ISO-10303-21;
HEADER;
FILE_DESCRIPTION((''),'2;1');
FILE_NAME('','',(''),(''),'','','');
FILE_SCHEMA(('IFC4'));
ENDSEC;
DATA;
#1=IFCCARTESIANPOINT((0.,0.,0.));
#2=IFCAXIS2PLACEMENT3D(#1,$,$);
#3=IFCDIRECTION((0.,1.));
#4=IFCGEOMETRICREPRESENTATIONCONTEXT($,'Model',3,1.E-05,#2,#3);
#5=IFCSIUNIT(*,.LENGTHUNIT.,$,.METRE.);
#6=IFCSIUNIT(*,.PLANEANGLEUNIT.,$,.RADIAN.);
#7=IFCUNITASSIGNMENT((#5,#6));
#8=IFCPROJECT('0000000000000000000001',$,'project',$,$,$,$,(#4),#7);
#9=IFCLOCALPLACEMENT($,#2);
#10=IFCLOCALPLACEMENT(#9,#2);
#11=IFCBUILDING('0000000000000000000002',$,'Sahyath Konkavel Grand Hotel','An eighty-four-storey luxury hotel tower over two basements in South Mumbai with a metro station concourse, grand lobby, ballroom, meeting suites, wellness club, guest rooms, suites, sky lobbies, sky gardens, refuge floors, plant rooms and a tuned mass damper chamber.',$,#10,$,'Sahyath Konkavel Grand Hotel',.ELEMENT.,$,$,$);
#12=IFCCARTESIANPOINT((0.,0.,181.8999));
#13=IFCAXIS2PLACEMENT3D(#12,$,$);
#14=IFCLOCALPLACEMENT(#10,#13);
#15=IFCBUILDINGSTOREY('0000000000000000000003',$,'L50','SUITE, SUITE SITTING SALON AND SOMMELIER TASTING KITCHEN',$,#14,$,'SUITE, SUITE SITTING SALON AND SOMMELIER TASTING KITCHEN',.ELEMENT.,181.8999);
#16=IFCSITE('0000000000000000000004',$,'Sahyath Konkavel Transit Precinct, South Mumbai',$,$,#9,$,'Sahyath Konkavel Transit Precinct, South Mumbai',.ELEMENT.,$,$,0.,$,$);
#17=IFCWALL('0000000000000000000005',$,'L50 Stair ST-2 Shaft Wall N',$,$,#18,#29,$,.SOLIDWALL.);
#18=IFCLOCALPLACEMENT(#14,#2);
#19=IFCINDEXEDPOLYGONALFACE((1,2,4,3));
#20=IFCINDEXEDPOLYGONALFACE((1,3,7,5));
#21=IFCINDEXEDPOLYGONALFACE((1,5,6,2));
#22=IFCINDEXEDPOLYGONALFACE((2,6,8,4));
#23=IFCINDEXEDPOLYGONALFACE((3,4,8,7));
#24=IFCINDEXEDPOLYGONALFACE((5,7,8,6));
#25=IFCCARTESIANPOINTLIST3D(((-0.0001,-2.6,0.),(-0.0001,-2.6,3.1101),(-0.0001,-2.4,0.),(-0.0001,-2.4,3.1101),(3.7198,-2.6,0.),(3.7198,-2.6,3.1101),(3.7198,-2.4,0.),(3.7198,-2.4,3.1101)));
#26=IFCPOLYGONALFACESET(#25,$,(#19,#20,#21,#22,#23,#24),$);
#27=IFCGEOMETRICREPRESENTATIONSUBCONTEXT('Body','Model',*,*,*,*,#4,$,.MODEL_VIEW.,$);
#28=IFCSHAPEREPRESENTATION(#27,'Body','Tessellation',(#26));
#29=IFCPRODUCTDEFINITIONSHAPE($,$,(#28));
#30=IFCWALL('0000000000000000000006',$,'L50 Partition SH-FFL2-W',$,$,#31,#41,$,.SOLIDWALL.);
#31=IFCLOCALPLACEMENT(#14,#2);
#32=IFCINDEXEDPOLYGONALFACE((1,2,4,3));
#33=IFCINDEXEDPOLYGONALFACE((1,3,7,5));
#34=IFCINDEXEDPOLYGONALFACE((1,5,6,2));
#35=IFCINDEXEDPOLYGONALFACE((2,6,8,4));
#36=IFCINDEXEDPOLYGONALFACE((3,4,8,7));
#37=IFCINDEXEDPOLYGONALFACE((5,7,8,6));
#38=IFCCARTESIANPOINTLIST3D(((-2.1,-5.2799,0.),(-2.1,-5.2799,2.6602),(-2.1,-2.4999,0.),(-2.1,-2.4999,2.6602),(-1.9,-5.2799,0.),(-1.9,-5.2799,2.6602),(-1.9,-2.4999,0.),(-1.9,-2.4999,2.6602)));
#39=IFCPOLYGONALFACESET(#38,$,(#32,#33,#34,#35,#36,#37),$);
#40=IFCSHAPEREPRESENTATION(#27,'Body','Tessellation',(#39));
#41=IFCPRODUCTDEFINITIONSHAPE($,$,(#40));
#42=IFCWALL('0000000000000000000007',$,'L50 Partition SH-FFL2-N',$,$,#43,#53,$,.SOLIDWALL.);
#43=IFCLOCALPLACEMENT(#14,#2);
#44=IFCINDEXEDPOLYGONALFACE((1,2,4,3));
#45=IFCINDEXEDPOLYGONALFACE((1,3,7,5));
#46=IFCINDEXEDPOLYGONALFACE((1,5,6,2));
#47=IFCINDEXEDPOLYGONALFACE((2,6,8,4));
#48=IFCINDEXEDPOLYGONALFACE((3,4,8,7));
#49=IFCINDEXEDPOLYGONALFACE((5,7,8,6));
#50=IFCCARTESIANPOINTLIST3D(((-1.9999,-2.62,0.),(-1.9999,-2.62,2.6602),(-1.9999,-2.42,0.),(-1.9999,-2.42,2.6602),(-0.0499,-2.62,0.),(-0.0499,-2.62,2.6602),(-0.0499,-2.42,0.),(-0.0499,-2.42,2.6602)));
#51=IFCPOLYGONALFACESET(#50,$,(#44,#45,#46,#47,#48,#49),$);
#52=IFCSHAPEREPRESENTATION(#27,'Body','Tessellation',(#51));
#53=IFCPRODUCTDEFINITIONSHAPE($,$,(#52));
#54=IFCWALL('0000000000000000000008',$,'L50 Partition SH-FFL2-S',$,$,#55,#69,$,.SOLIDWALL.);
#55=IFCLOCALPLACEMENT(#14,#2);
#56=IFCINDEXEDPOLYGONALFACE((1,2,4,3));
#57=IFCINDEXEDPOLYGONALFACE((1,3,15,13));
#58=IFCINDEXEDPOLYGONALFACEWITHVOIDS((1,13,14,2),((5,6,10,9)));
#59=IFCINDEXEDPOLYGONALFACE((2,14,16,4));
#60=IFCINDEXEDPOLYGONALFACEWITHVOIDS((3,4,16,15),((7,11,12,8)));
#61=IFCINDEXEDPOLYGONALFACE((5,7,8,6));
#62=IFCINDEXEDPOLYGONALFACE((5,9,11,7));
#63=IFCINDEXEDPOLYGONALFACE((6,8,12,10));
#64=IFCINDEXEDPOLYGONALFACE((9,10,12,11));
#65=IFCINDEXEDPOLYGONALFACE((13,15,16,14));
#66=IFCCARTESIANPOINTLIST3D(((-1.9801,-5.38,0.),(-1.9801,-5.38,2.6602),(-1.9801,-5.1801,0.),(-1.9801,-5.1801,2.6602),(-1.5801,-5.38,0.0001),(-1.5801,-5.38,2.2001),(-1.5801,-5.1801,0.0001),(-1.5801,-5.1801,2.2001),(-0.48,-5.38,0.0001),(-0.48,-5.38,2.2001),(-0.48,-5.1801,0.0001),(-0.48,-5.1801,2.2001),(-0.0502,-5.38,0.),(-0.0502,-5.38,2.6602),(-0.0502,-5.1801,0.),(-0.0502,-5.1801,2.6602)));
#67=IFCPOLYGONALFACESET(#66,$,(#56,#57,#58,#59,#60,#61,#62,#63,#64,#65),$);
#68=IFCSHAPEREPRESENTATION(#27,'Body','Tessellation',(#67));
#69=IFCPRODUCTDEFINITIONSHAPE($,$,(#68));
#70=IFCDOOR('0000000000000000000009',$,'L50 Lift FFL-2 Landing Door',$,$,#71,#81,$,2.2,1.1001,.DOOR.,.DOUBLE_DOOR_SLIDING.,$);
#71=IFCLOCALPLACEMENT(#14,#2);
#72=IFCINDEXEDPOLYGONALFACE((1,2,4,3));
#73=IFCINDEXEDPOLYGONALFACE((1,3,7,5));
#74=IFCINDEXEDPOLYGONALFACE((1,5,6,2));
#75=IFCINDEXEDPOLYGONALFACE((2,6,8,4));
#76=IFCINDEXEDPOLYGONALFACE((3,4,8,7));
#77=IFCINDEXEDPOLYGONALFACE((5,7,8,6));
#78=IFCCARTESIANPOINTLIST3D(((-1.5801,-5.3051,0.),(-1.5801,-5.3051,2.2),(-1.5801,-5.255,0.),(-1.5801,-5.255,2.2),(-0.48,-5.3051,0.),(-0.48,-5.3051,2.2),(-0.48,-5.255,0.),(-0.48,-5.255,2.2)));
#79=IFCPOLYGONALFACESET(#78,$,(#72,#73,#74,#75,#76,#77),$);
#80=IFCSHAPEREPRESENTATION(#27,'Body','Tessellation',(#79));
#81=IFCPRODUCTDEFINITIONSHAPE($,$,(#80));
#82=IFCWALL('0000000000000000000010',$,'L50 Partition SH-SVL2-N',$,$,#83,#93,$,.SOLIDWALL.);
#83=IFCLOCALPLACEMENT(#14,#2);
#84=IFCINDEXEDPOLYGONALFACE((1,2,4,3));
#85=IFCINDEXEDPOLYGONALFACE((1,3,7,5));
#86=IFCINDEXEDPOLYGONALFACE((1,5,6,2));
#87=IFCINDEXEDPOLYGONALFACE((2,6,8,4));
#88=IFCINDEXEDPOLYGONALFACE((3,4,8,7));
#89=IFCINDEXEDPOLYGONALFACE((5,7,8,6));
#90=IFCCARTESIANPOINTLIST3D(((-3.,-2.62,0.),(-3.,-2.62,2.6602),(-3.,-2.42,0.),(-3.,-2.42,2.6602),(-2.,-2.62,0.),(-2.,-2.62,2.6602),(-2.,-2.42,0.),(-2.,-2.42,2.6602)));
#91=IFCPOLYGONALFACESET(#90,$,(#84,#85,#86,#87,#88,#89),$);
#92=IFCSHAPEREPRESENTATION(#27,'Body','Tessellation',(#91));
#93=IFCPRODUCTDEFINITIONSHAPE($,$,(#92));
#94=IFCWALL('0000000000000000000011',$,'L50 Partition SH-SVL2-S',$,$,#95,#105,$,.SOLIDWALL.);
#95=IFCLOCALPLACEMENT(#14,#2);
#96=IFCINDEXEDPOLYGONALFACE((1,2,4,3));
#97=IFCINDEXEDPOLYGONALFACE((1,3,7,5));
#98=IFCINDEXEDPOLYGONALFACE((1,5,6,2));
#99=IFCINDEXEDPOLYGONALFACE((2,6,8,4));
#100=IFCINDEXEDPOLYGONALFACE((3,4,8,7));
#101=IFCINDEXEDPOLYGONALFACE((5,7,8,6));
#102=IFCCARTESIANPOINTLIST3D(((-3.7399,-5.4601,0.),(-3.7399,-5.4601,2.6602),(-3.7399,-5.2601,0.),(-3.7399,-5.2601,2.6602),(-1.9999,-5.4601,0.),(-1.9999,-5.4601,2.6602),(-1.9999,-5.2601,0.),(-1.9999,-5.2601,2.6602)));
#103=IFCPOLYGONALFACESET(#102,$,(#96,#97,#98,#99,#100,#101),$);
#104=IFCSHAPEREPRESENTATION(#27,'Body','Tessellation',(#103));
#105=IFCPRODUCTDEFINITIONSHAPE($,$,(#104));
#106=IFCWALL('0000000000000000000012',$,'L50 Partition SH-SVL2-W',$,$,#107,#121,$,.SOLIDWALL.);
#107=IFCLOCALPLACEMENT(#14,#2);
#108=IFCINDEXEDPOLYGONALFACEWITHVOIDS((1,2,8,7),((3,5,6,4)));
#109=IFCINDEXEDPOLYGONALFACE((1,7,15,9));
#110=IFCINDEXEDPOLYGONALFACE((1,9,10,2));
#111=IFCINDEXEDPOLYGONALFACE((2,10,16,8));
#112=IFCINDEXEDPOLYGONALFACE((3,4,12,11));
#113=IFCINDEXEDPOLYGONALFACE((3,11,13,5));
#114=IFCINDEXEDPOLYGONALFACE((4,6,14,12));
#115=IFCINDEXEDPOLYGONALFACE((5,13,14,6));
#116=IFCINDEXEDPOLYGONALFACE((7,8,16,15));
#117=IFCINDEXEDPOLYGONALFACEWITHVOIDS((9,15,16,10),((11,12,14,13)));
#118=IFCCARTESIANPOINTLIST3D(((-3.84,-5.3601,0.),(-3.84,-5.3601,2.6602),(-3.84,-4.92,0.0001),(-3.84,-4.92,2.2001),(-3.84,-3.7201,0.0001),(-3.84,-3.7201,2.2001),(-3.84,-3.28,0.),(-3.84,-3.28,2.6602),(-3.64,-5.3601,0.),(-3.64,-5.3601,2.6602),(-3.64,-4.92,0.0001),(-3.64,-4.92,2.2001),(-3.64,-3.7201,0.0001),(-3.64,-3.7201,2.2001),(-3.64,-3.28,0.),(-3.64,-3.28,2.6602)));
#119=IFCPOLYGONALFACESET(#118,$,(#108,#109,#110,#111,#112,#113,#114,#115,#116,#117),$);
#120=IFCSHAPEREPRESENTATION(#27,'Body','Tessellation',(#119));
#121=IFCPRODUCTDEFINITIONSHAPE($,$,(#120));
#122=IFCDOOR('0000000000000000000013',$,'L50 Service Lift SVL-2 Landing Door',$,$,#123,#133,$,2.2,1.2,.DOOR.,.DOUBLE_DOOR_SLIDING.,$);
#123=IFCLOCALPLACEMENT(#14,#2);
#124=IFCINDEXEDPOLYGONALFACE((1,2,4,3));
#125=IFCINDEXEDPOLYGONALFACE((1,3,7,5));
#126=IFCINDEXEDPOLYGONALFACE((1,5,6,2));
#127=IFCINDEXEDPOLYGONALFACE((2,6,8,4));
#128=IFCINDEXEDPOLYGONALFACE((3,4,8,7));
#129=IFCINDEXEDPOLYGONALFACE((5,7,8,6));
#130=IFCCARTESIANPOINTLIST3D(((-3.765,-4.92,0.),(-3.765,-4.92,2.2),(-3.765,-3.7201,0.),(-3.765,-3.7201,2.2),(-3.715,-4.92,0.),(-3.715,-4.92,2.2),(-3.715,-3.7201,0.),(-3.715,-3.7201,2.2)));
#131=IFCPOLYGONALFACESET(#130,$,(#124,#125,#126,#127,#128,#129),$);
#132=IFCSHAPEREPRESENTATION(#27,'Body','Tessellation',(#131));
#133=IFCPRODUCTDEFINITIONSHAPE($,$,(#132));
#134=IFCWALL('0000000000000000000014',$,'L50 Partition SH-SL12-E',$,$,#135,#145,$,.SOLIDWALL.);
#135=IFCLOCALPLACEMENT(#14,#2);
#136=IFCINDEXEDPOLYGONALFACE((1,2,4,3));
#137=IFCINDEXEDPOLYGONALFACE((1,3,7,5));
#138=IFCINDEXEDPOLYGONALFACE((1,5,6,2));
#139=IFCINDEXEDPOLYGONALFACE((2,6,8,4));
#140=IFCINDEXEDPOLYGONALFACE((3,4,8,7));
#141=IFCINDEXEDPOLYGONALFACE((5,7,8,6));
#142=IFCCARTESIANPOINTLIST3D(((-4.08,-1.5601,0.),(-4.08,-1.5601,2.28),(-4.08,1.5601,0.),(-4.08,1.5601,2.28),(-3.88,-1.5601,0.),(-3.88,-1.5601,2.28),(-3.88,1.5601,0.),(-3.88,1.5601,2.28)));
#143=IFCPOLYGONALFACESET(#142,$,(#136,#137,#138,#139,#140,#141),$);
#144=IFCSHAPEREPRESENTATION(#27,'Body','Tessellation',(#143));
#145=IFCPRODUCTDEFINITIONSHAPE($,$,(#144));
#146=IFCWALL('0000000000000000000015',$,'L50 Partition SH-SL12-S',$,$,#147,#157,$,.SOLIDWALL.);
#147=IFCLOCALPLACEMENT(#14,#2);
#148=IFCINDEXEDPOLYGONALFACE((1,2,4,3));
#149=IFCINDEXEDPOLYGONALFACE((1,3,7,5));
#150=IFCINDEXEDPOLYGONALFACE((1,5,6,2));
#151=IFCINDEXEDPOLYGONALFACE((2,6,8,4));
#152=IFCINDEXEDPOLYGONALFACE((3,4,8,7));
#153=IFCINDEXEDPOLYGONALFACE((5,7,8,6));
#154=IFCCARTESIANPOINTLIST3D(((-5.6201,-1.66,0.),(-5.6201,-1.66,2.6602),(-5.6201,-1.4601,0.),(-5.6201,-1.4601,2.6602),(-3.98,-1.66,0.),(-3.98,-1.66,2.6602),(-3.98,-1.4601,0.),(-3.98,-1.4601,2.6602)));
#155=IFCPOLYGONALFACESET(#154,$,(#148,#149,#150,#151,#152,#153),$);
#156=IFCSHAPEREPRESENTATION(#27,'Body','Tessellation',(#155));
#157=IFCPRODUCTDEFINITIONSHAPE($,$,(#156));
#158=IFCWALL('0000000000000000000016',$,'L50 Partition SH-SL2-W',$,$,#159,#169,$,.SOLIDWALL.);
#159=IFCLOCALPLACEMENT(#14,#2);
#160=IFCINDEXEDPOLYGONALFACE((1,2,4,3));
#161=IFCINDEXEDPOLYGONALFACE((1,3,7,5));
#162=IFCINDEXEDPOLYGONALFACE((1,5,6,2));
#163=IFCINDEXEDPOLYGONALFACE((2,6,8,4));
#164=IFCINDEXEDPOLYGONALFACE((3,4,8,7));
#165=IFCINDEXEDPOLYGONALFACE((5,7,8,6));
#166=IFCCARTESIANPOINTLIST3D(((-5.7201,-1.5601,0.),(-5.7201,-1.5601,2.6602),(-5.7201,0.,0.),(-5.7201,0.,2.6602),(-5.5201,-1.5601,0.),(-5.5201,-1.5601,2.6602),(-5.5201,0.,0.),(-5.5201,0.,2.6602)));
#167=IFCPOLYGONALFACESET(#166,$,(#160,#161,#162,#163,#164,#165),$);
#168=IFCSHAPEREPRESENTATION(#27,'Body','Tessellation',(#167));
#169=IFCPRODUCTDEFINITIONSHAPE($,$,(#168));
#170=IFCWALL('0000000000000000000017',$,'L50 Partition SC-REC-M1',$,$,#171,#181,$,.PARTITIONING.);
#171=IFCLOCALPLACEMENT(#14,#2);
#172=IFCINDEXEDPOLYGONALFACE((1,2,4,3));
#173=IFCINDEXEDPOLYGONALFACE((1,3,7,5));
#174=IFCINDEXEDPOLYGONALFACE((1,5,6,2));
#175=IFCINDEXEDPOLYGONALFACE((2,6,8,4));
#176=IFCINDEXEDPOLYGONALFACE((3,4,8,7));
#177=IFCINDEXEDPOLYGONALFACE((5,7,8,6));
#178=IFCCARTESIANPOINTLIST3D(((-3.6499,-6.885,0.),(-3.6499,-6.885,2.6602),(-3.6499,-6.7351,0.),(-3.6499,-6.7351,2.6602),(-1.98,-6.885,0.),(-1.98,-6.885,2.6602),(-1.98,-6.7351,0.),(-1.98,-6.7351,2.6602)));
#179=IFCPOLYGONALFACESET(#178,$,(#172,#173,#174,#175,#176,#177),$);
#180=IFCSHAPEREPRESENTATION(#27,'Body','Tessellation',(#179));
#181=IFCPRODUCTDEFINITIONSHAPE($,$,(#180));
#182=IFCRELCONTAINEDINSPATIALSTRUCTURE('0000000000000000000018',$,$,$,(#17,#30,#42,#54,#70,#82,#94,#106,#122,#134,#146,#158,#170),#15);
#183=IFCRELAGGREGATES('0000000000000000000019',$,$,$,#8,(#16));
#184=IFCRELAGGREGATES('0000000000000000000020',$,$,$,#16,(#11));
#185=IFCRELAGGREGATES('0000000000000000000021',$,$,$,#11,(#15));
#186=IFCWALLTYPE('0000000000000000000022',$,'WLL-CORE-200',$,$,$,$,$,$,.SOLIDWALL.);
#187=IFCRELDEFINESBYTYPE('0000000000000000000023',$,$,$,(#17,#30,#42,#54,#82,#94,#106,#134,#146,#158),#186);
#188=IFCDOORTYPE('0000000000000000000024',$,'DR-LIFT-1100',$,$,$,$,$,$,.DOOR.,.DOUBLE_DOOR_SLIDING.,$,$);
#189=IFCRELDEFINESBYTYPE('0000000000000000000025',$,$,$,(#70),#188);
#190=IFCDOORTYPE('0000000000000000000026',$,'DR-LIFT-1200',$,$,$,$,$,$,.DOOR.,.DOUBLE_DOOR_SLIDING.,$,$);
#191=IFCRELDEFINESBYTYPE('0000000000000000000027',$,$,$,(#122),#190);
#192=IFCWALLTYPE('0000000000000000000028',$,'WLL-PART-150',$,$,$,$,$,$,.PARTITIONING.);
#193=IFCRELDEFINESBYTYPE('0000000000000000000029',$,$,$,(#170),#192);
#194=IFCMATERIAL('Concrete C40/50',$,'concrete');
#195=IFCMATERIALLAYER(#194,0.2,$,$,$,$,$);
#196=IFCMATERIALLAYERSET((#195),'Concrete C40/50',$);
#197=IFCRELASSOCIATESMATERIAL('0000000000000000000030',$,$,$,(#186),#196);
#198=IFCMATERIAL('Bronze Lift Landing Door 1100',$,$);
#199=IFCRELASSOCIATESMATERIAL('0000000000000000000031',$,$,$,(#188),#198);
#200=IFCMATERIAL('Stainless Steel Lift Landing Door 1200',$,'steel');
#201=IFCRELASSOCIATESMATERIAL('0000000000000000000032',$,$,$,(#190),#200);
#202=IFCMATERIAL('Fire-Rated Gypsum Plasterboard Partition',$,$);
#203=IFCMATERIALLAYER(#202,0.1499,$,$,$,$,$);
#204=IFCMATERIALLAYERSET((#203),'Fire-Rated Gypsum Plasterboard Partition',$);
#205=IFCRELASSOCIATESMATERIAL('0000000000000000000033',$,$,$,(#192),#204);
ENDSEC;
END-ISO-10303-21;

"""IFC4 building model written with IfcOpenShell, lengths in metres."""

from ifc_helpers import new_model, si_unit, direction, frame, frame_2d, origin, origin_2d, place, context, subcontext, project, spatial, rectangle, extrude, source, transform, mapped, material, layer, layer_set, type_object, element, fill, save


model = new_model("IFC4")

# Units and contexts
model_context = context("Model", 3, precision=1e-05, world=origin(), true_north=direction((0.0, 1.0)))
body_context = subcontext(model_context, "Body", "Model", "MODEL_VIEW")
ifc_project = project(units=[si_unit("LENGTHUNIT", "METRE"), si_unit("PLANEANGLEUNIT", "RADIAN")], contexts=[model_context])

# Site, building, storey
site_placement = place(None, origin())
site = spatial("IfcSite", under=ifc_project, at=site_placement, Name="Sahyath Konkavel Transit Precinct, South Mumbai", LongName="Sahyath Konkavel Transit Precinct, South Mumbai", CompositionType="ELEMENT", RefElevation=0.0)
building_placement = place(site_placement, origin())
building = spatial("IfcBuilding", under=site, at=building_placement, Name="Sahyath Konkavel Grand Hotel", Description="An eighty-four-storey luxury hotel tower over two basements in South Mumbai with a metro station concourse, grand lobby, ballroom, meeting suites, wellness club, guest rooms, suites, sky lobbies, sky gardens, refuge floors, plant rooms and a tuned mass damper chamber.", LongName="Sahyath Konkavel Grand Hotel", CompositionType="ELEMENT")
storey_placement = place(building_placement, frame((0.0, 0.0, 181.8999)))
storey = spatial("IfcBuildingStorey", under=building, at=storey_placement, Name="L50", Description="SUITE, SUITE SITTING SALON AND SOMMELIER TASTING KITCHEN", LongName="SUITE, SUITE SITTING SALON AND SOMMELIER TASTING KITCHEN", CompositionType="ELEMENT", Elevation=181.8999)

# Shared definitions
ifc_material_1 = material(Name="Concrete C40/50", Category="concrete")

# Walls
ifc_layer_1 = layer(ifc_material_1, 0.2)
ifc_layer_set_1 = layer_set([ifc_layer_1], Name="Concrete C40/50")
wall_type_1 = type_object("IfcWallType", Name="WLL-CORE-200", PredefinedType="SOLIDWALL", material=ifc_layer_set_1)
wall_1_placement = place(storey_placement, frame((0.0, -2.5, 0.0), z_axis=(0.0, 0.0, 1.0), x_axis=(1.0, 0.0, 0.0)))
element("IfcWall", 1, at=wall_1_placement, inside=storey, type_object=wall_type_1, Name="L50 Stair ST-2 Shaft Wall N", PredefinedType="SOLIDWALL", context=body_context, shape_type="SweptSolid", body=[
    extrude(rectangle(XDim=3.72, YDim=0.2, at=frame_2d((1.8599, 0.0))), origin(), (0.0, 0.0, 1.0), 3.1101),
])
wall_2_placement = place(storey_placement, frame((-2.0, -5.28, 0.0), z_axis=(0.0, 0.0, 1.0), x_axis=(0.0, 1.0, 0.0)))
element("IfcWall", 2, at=wall_2_placement, inside=storey, type_object=wall_type_1, Name="L50 Partition SH-FFL2-W", PredefinedType="SOLIDWALL", context=body_context, shape_type="SweptSolid", body=[
    extrude(rectangle(XDim=2.78, YDim=0.2, at=frame_2d((1.3901, 0.0))), origin(), (0.0, 0.0, 1.0), 2.6602),
])
wall_3_placement = place(storey_placement, frame((-2.0, -2.52, 0.0), z_axis=(0.0, 0.0, 1.0), x_axis=(1.0, 0.0, 0.0)))
element("IfcWall", 3, at=wall_3_placement, inside=storey, type_object=wall_type_1, Name="L50 Partition SH-FFL2-N", PredefinedType="SOLIDWALL", context=body_context, shape_type="SweptSolid", body=[
    extrude(rectangle(XDim=1.95, YDim=0.2, at=frame_2d((0.9751, 0.0))), origin(), (0.0, 0.0, 1.0), 2.6602),
])

# Wall, opening, door
wall_4_placement = place(storey_placement, frame((-1.98, -5.28, 0.0), z_axis=(0.0, 0.0, 1.0), x_axis=(1.0, 0.0, 0.0)))
wall_4 = element("IfcWall", 4, at=wall_4_placement, inside=storey, type_object=wall_type_1, Name="L50 Partition SH-FFL2-S", PredefinedType="SOLIDWALL", context=body_context, shape_type="SweptSolid", body=[
    extrude(rectangle(XDim=1.9299, YDim=0.2, at=frame_2d((0.9648, 0.0))), origin(), (0.0, 0.0, 1.0), 2.6602),
])
opening_1_placement = place(wall_4_placement, frame((0.3999, 0.0, 0.0)))
opening_1 = element("IfcOpeningElement", 5, at=opening_1_placement, cuts=wall_4, PredefinedType="OPENING", context=body_context, shape_type="SweptSolid", body=[
    extrude(rectangle(XDim=1.1001, YDim=2.2, at=frame_2d((0.55, 1.1001))), frame((0.0, 0.1099, 0.0), z_axis=(0.0, -1.0, 0.0), x_axis=(1.0, 0.0, 0.0)), (0.0, 0.0, 1.0), 0.22),
])
ifc_material_2 = material(Name="Bronze Lift Landing Door 1100")
door_type_1 = type_object("IfcDoorType", Name="DR-LIFT-1100", OperationType="DOUBLE_DOOR_SLIDING", PredefinedType="DOOR", material=ifc_material_2)
shared_shape_1 = source(origin(), body_context, "Body", "SweptSolid", [
    extrude(rectangle(XDim=1.1001, YDim=0.05, at=origin_2d()), origin(), (0.0, 0.0, 1.0), 2.2),
])
door_1_placement = place(opening_1_placement, frame((0.55, 0.0, 0.0)))
door_1 = element("IfcDoor", 6, at=door_1_placement, inside=storey, type_object=door_type_1, Name="L50 Lift FFL-2 Landing Door", OperationType="DOUBLE_DOOR_SLIDING", OverallHeight=2.2, OverallWidth=1.1001, PredefinedType="DOOR", context=body_context, shape_type="MappedRepresentation", body=[
    mapped(shared_shape_1, transform((0.0, 0.0, 0.0), scale=1.0)),
])
fill(opening_1, door_1)

# Walls
wall_5_placement = place(storey_placement, frame((-3.0, -2.52, 0.0), z_axis=(0.0, 0.0, 1.0), x_axis=(1.0, 0.0, 0.0)))
element("IfcWall", 7, at=wall_5_placement, inside=storey, type_object=wall_type_1, Name="L50 Partition SH-SVL2-N", PredefinedType="SOLIDWALL", context=body_context, shape_type="SweptSolid", body=[
    extrude(rectangle(XDim=1.0, YDim=0.2, at=frame_2d((0.5, 0.0))), origin(), (0.0, 0.0, 1.0), 2.6602),
])
wall_6_placement = place(storey_placement, frame((-3.74, -5.3601, 0.0), z_axis=(0.0, 0.0, 1.0), x_axis=(1.0, 0.0, 0.0)))
element("IfcWall", 8, at=wall_6_placement, inside=storey, type_object=wall_type_1, Name="L50 Partition SH-SVL2-S", PredefinedType="SOLIDWALL", context=body_context, shape_type="SweptSolid", body=[
    extrude(rectangle(XDim=1.74, YDim=0.2, at=frame_2d((0.8701, 0.0))), origin(), (0.0, 0.0, 1.0), 2.6602),
])

# Wall, opening, door
wall_7_placement = place(storey_placement, frame((-3.74, -5.3601, 0.0), z_axis=(0.0, 0.0, 1.0), x_axis=(0.0, 1.0, 0.0)))
wall_7 = element("IfcWall", 9, at=wall_7_placement, inside=storey, type_object=wall_type_1, Name="L50 Partition SH-SVL2-W", PredefinedType="SOLIDWALL", context=body_context, shape_type="SweptSolid", body=[
    extrude(rectangle(XDim=2.0801, YDim=0.2, at=frame_2d((1.04, 0.0))), origin(), (0.0, 0.0, 1.0), 2.6602),
])
opening_2_placement = place(wall_7_placement, frame((0.4399, 0.0, 0.0)))
opening_2 = element("IfcOpeningElement", 10, at=opening_2_placement, cuts=wall_7, PredefinedType="OPENING", context=body_context, shape_type="SweptSolid", body=[
    extrude(rectangle(XDim=1.2, YDim=2.2, at=frame_2d((0.6001, 1.1001))), frame((0.0, 0.1099, 0.0), z_axis=(0.0, -1.0, 0.0), x_axis=(1.0, 0.0, 0.0)), (0.0, 0.0, 1.0), 0.22),
])
ifc_material_3 = material(Name="Stainless Steel Lift Landing Door 1200", Category="steel")
door_type_2 = type_object("IfcDoorType", Name="DR-LIFT-1200", OperationType="DOUBLE_DOOR_SLIDING", PredefinedType="DOOR", material=ifc_material_3)
shared_shape_2 = source(origin(), body_context, "Body", "SweptSolid", [
    extrude(rectangle(XDim=1.2, YDim=0.05, at=origin_2d()), origin(), (0.0, 0.0, 1.0), 2.2),
])
door_2_placement = place(opening_2_placement, frame((0.6001, 0.0, 0.0)))
door_2 = element("IfcDoor", 11, at=door_2_placement, inside=storey, type_object=door_type_2, Name="L50 Service Lift SVL-2 Landing Door", OperationType="DOUBLE_DOOR_SLIDING", OverallHeight=2.2, OverallWidth=1.2, PredefinedType="DOOR", context=body_context, shape_type="MappedRepresentation", body=[
    mapped(shared_shape_2, transform((0.0, 0.0, 0.0), scale=1.0)),
])
fill(opening_2, door_2)

# Walls
wall_8_placement = place(storey_placement, frame((-3.98, -1.5601, 0.0), z_axis=(0.0, 0.0, 1.0), x_axis=(0.0, 1.0, 0.0)))
element("IfcWall", 12, at=wall_8_placement, inside=storey, type_object=wall_type_1, Name="L50 Partition SH-SL12-E", PredefinedType="SOLIDWALL", context=body_context, shape_type="SweptSolid", body=[
    extrude(rectangle(XDim=3.1201, YDim=0.2, at=frame_2d((1.5601, 0.0))), origin(), (0.0, 0.0, 1.0), 2.28),
])
wall_9_placement = place(storey_placement, frame((-5.6201, -1.5601, 0.0), z_axis=(0.0, 0.0, 1.0), x_axis=(1.0, 0.0, 0.0)))
element("IfcWall", 13, at=wall_9_placement, inside=storey, type_object=wall_type_1, Name="L50 Partition SH-SL12-S", PredefinedType="SOLIDWALL", context=body_context, shape_type="SweptSolid", body=[
    extrude(rectangle(XDim=1.6401, YDim=0.2, at=frame_2d((0.8201, 0.0))), origin(), (0.0, 0.0, 1.0), 2.6602),
])
wall_10_placement = place(storey_placement, frame((-5.6201, -1.5601, 0.0), z_axis=(0.0, 0.0, 1.0), x_axis=(0.0, 1.0, 0.0)))
element("IfcWall", 14, at=wall_10_placement, inside=storey, type_object=wall_type_1, Name="L50 Partition SH-SL2-W", PredefinedType="SOLIDWALL", context=body_context, shape_type="SweptSolid", body=[
    extrude(rectangle(XDim=1.5601, YDim=0.2, at=frame_2d((0.78, 0.0))), origin(), (0.0, 0.0, 1.0), 2.6602),
])
ifc_material_4 = material(Name="Fire-Rated Gypsum Plasterboard Partition")
ifc_layer_2 = layer(ifc_material_4, 0.1499)
ifc_layer_set_2 = layer_set([ifc_layer_2], Name="Fire-Rated Gypsum Plasterboard Partition")
wall_type_2 = type_object("IfcWallType", Name="WLL-PART-150", PredefinedType="PARTITIONING", material=ifc_layer_set_2)
wall_11_placement = place(storey_placement, frame((-3.6499, -6.8101, 0.0), z_axis=(0.0, 0.0, 1.0), x_axis=(1.0, 0.0, 0.0)))
element("IfcWall", 15, at=wall_11_placement, inside=storey, type_object=wall_type_2, Name="L50 Partition SC-REC-M1", PredefinedType="PARTITIONING", context=body_context, shape_type="SweptSolid", body=[
    extrude(rectangle(XDim=1.6699, YDim=0.1499, at=frame_2d((0.835, 0.0))), origin(), (0.0, 0.0, 1.0), 2.6602),
])

save(model, "model.ifc")
